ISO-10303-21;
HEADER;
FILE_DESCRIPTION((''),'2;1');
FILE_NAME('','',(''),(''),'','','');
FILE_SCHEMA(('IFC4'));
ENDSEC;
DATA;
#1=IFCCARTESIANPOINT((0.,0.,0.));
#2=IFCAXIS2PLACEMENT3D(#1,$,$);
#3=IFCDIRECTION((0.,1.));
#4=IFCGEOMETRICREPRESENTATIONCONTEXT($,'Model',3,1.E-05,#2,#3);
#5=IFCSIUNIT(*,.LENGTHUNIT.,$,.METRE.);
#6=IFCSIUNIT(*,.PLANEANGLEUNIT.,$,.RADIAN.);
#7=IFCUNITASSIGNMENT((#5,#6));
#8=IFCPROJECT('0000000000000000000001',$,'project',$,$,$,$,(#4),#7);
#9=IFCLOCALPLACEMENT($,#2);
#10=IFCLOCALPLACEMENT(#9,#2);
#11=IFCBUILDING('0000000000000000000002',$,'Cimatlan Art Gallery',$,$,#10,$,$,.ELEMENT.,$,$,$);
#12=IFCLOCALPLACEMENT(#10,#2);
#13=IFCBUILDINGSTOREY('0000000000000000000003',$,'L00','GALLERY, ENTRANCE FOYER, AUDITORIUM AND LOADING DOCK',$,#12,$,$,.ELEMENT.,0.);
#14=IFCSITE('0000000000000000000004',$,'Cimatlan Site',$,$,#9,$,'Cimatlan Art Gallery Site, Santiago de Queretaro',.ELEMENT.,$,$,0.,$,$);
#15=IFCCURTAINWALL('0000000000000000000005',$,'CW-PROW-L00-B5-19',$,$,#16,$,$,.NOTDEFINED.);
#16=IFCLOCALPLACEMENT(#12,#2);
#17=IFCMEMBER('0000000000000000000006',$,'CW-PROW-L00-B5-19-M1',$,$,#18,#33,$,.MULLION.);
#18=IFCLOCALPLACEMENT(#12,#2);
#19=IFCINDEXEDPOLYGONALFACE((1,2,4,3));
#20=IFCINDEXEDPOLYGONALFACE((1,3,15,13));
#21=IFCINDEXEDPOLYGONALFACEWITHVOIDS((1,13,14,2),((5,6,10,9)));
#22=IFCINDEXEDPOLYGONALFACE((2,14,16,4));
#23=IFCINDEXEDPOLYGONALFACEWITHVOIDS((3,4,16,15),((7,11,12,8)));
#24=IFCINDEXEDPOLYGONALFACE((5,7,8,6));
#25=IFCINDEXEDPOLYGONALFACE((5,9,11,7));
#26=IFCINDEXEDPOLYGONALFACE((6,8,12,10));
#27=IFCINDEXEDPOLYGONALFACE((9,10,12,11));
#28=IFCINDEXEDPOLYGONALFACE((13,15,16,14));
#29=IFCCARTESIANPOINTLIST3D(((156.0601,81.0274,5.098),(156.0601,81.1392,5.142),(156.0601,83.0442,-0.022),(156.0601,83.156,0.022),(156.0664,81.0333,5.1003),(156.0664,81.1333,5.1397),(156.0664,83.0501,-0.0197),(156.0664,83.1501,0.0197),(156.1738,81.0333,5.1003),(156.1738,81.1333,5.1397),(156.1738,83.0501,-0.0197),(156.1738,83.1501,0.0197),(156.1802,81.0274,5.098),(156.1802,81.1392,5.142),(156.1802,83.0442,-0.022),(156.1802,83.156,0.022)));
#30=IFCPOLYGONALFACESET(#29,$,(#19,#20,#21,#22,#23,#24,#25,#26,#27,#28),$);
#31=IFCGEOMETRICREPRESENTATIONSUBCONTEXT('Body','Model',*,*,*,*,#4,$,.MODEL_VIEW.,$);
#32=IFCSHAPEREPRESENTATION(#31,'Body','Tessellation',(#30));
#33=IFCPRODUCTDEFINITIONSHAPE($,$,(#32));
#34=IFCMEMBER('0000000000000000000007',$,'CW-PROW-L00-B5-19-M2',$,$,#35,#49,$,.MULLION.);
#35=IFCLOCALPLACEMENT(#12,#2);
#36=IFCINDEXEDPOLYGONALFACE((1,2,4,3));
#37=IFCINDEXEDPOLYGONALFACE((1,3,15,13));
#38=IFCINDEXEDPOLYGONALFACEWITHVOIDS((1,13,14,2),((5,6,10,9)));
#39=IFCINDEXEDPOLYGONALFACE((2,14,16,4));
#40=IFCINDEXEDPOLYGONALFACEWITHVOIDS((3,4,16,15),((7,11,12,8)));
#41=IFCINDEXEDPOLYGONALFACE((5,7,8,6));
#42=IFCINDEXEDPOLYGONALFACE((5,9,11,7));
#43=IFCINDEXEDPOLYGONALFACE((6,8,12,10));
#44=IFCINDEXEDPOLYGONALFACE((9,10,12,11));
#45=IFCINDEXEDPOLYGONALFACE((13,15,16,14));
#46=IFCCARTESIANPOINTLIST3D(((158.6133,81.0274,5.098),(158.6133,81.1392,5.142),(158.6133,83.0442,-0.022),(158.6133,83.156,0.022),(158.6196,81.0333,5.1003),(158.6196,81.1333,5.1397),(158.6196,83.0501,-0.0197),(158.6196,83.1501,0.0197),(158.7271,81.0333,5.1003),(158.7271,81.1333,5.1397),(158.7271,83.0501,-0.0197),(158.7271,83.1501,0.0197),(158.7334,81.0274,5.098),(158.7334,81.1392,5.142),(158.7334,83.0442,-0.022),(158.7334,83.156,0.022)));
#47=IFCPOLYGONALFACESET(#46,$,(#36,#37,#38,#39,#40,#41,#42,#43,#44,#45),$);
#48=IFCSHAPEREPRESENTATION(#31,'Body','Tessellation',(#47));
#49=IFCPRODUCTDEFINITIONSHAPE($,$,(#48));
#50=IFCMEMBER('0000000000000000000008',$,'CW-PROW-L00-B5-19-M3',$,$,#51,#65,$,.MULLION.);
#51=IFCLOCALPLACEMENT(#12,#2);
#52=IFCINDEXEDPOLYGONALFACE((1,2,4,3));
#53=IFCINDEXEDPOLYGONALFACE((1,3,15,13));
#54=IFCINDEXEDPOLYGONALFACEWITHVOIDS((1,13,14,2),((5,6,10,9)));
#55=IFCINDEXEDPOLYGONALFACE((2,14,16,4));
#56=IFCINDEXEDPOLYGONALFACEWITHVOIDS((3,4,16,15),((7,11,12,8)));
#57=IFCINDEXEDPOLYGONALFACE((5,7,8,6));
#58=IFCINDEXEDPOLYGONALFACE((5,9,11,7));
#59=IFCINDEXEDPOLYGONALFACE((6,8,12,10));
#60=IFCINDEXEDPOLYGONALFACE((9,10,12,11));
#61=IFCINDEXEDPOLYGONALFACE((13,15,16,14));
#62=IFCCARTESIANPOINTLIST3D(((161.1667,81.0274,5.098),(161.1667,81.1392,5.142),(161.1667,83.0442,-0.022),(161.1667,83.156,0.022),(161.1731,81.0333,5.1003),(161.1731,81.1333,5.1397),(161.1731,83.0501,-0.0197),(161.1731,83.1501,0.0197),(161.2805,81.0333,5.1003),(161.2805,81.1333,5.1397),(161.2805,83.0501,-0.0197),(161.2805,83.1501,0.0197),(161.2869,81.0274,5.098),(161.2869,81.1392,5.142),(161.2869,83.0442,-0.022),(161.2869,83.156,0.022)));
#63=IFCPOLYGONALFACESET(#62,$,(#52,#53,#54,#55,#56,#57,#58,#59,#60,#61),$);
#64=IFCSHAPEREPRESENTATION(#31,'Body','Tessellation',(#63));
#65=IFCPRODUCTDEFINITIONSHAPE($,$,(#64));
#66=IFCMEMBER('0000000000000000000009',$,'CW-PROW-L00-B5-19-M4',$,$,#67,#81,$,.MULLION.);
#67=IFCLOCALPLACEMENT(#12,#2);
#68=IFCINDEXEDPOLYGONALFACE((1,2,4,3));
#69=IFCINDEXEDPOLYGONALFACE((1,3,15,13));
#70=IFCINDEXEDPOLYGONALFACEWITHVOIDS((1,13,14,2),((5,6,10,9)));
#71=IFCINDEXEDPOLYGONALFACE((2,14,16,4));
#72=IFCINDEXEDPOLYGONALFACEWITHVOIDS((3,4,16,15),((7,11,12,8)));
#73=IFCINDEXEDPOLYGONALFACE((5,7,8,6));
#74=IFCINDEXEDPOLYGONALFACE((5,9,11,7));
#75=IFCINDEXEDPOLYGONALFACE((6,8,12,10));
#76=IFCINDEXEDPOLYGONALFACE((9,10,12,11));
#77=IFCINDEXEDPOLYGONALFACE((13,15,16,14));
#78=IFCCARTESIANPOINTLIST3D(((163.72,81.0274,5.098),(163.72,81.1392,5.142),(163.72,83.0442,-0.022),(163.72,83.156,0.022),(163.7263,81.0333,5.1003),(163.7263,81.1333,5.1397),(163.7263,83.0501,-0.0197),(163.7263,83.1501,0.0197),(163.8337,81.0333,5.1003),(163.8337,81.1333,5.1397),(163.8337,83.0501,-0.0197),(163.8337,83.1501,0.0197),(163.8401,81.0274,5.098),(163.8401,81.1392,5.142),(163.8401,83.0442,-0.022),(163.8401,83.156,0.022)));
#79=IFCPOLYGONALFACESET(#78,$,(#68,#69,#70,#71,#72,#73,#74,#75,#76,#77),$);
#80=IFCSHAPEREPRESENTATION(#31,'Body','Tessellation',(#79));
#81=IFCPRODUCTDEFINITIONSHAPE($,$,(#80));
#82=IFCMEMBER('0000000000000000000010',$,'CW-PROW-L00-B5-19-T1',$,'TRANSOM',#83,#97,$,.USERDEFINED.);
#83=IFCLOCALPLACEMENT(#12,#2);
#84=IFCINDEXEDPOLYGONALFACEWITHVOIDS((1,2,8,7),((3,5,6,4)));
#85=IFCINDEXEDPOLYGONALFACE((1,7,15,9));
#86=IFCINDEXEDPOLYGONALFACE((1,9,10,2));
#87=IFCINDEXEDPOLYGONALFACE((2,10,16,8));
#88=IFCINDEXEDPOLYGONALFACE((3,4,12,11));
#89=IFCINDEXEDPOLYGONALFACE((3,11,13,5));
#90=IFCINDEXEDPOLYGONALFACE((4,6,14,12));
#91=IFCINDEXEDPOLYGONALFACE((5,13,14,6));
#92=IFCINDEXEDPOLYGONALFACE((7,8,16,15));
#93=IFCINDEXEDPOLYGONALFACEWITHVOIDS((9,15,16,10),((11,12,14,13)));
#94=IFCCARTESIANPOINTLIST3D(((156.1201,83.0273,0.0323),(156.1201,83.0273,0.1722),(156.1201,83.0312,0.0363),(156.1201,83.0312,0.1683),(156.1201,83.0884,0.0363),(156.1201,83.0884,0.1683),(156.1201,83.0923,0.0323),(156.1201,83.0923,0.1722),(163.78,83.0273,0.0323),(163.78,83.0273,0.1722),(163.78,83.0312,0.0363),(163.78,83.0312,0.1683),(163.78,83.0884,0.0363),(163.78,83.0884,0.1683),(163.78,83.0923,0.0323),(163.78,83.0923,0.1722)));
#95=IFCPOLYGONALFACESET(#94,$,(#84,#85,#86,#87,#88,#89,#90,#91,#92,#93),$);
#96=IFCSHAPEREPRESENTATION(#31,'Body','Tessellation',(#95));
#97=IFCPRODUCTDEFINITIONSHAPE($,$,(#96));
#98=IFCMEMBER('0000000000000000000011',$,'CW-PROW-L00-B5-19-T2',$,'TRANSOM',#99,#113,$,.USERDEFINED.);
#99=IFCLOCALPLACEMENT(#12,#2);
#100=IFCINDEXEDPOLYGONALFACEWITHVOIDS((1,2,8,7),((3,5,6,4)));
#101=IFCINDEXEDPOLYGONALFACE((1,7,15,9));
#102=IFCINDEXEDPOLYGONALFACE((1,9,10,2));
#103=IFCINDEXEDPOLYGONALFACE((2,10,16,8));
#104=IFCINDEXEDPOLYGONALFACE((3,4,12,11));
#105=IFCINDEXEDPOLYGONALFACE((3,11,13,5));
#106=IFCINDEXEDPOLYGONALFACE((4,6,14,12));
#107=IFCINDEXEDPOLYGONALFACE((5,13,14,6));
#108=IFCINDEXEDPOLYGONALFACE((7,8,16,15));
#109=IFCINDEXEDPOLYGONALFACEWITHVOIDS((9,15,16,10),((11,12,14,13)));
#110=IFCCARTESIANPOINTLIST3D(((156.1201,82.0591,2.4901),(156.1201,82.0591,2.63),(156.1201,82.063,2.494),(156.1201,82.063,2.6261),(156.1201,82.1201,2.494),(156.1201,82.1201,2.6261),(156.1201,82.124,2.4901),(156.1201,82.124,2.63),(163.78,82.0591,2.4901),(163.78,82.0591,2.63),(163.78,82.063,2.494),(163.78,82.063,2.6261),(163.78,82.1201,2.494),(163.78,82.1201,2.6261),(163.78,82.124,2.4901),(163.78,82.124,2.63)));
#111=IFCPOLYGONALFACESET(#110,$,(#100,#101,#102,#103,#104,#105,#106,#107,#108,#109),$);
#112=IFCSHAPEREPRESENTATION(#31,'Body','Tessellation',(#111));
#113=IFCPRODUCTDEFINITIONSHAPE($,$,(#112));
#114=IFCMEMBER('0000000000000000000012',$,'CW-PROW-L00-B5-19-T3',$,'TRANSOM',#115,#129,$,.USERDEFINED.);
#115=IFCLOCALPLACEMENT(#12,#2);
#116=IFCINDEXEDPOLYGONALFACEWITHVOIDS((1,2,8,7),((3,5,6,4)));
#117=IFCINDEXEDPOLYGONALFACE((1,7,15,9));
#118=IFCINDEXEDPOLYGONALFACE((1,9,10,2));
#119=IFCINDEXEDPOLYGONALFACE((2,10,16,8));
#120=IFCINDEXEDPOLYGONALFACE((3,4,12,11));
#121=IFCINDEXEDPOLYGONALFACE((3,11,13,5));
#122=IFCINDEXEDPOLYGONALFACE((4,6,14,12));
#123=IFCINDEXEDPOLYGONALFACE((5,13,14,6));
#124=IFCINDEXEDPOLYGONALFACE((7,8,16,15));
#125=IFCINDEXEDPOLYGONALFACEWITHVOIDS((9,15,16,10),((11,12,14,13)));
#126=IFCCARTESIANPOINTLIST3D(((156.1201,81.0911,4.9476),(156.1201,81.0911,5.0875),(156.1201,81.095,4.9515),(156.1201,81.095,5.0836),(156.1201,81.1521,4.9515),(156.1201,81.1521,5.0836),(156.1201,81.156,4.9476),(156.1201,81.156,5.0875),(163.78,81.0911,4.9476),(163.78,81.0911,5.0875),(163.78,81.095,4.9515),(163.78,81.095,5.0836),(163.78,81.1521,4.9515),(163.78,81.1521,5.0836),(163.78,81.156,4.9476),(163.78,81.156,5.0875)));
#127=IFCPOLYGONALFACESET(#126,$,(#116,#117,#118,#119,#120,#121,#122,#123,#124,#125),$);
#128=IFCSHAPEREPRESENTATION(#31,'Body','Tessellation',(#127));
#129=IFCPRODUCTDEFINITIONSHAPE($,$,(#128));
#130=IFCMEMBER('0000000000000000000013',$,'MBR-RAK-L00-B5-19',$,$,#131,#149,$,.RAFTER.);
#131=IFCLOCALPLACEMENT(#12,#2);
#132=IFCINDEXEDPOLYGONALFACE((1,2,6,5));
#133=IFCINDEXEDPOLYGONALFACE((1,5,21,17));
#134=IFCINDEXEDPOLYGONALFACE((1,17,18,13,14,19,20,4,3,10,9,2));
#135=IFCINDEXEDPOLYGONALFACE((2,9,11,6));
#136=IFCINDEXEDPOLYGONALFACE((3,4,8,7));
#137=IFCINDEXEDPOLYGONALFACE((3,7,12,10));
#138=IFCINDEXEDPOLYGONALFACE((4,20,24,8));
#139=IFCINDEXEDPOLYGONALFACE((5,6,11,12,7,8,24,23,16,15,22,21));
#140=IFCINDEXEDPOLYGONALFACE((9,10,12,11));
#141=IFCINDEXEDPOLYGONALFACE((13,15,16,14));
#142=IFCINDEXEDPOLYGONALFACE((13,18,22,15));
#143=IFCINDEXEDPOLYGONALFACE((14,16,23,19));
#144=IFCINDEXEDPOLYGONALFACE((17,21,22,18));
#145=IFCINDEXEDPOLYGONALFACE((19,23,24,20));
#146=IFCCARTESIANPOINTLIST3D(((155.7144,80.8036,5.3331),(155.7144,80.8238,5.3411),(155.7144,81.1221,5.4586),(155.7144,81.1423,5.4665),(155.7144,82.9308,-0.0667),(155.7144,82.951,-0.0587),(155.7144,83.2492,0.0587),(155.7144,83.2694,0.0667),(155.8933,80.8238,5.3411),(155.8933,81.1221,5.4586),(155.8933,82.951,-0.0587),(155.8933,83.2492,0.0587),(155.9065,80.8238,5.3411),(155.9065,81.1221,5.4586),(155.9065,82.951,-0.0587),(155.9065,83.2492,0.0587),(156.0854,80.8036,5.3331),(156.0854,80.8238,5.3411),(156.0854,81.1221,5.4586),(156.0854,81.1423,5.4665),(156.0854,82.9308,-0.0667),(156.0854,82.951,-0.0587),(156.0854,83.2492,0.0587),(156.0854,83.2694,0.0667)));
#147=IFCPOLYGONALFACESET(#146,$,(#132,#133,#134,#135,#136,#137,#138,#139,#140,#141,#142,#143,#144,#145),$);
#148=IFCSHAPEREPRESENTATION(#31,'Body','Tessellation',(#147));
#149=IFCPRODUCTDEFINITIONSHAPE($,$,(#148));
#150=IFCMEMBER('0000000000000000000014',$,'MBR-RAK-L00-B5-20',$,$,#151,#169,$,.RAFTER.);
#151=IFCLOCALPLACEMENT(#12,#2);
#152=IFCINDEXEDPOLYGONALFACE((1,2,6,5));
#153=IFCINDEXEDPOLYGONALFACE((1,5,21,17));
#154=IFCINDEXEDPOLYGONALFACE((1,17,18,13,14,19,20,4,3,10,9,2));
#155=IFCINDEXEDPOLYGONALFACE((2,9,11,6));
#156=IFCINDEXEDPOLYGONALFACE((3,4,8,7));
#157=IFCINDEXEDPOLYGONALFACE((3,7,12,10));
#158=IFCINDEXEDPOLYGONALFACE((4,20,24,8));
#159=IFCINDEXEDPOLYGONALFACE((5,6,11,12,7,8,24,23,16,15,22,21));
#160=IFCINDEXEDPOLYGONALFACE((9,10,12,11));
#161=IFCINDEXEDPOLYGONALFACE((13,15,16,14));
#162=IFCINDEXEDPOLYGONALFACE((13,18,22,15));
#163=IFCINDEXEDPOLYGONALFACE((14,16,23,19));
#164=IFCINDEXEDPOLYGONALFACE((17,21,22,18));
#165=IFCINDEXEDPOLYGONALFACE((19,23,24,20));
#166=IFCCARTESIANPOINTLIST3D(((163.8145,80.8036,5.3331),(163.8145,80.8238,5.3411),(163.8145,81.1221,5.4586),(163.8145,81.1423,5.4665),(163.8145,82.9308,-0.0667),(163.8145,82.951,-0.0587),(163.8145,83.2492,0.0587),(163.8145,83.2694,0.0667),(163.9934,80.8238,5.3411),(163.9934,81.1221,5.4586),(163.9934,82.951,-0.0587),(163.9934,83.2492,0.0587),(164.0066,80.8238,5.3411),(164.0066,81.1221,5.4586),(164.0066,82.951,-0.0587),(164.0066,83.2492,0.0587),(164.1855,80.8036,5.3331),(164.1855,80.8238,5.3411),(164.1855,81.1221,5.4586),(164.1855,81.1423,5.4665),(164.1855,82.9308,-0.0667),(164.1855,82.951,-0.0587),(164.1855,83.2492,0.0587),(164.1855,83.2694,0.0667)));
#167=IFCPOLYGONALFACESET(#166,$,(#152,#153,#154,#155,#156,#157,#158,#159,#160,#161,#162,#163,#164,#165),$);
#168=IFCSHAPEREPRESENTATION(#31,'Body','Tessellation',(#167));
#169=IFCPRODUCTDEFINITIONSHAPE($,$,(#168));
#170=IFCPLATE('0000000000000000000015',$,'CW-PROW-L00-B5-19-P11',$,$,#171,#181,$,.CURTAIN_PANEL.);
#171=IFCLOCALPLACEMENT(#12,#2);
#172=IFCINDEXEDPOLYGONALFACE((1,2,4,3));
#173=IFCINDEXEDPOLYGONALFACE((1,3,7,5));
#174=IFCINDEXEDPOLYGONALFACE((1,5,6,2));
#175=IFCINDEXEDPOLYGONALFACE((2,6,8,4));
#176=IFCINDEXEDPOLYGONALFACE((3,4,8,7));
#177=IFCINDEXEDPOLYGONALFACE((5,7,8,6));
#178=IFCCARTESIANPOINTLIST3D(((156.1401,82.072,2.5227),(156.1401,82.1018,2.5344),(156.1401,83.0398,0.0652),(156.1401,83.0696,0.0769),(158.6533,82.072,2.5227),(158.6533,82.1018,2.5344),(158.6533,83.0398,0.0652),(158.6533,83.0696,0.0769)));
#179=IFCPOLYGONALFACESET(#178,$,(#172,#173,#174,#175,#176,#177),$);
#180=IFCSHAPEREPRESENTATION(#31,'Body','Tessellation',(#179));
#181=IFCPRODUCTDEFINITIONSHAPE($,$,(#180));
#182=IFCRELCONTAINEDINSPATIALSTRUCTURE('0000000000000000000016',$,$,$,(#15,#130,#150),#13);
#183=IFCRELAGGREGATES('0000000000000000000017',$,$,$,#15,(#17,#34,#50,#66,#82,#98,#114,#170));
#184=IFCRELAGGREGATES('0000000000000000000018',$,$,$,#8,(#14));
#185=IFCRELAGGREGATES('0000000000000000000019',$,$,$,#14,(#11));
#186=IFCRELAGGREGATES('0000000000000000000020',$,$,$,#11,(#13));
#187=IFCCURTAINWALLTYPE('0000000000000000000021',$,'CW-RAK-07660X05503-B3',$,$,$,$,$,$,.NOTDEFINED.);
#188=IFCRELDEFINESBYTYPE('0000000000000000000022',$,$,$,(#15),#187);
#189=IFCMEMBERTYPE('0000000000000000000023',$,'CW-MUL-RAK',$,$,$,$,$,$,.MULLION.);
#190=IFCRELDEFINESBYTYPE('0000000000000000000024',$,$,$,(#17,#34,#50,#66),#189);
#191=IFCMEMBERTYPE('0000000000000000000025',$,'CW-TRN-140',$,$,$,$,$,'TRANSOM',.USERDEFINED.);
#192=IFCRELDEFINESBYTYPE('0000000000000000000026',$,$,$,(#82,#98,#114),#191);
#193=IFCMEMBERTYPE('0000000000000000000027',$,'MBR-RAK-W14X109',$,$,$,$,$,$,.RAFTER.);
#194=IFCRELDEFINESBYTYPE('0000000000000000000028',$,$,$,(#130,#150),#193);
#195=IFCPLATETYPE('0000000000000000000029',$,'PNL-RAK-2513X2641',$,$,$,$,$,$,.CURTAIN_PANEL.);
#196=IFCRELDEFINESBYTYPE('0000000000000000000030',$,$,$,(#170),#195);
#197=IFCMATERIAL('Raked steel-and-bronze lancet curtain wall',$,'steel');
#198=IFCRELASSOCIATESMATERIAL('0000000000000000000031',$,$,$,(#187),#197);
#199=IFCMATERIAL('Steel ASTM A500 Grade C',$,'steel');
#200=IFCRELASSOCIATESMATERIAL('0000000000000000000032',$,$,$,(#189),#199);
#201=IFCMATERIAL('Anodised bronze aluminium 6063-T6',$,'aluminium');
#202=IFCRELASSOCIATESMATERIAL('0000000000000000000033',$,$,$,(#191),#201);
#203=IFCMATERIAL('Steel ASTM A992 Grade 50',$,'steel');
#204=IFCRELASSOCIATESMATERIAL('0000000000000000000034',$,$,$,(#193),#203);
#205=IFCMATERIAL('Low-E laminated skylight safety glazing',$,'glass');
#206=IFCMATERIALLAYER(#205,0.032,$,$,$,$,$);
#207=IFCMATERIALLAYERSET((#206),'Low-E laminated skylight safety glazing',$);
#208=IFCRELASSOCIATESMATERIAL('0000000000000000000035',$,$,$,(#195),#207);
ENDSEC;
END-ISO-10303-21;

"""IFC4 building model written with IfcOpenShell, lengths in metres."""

from ifc_helpers import new_model, si_unit, direction, frame, origin, origin_2d, place, context, subcontext, project, spatial, polyline, hollow_rectangle, i_section, outline, extrude, material, layer, layer_set, material_profile, profile_set, type_object, element, aggregate, save


model = new_model("IFC4")

# Units and contexts
model_context = context("Model", 3, precision=1e-05, world=origin(), true_north=direction((0.0, 1.0)))
body_context = subcontext(model_context, "Body", "Model", "MODEL_VIEW")
ifc_project = project(units=[si_unit("LENGTHUNIT", "METRE"), si_unit("PLANEANGLEUNIT", "RADIAN")], contexts=[model_context])

# Site, building, storey
site_placement = place(None, origin())
site = spatial("IfcSite", under=ifc_project, at=site_placement, Name="Cimatlan Site", LongName="Cimatlan Art Gallery Site, Santiago de Queretaro", CompositionType="ELEMENT", RefElevation=0.0)
building_placement = place(site_placement, origin())
building = spatial("IfcBuilding", under=site, at=building_placement, Name="Cimatlan Art Gallery", CompositionType="ELEMENT")
storey_placement = place(building_placement, origin())
storey = spatial("IfcBuildingStorey", under=building, at=storey_placement, Name="L00", Description="GALLERY, ENTRANCE FOYER, AUDITORIUM AND LOADING DOCK", CompositionType="ELEMENT", Elevation=0.0)

# Shared definitions
ifc_material_1 = material(Name="Steel ASTM A992 Grade 50", Category="steel")

# Shared definitions
ifc_material_2 = material(Name="Raked steel-and-bronze lancet curtain wall", Category="steel")
curtain_wall_type = type_object("IfcCurtainWallType", Name="CW-RAK-07660X05503-B3", PredefinedType="NOTDEFINED", material=ifc_material_2)
ifc_material_3 = material(Name="Steel ASTM A500 Grade C", Category="steel")
ifc_material_profile_1 = material_profile(ifc_material_3, hollow_rectangle(XDim=0.1201, YDim=0.1201, WallThickness=0.0063, at=origin_2d()), Name="HSS120X120X6")
ifc_profile_set_1 = profile_set([ifc_material_profile_1], Name="Steel ASTM A500 Grade C")
member_type_1 = type_object("IfcMemberType", Name="CW-MUL-RAK", PredefinedType="MULLION", material=ifc_profile_set_1)

# Curtain wall, members
curtain_wall_1_placement = place(storey_placement, origin())
curtain_wall_1 = element("IfcCurtainWall", 1, at=curtain_wall_1_placement, inside=storey, type_object=curtain_wall_type, Name="CW-PROW-L00-B5-19", PredefinedType="NOTDEFINED")
member_1_placement = place(storey_placement, frame((156.1201, 83.1001, 0.0), z_axis=(0.0, -0.366498, 0.930419), x_axis=(1.0, 0.0, 0.0)))
member_1 = element("IfcMember", 2, at=member_1_placement, type_object=member_type_1, Name="CW-PROW-L00-B5-19-M1", PredefinedType="MULLION", context=body_context, shape_type="SweptSolid", body=[
    extrude(hollow_rectangle(XDim=0.1201, YDim=0.1201, WallThickness=0.0063, at=origin_2d()), origin(), (0.0, 0.0, 1.0), 5.5029),
])
member_2_placement = place(storey_placement, frame((158.6733, 83.1001, 0.0), z_axis=(0.0, -0.366498, 0.930419), x_axis=(1.0, 0.0, 0.0)))
member_2 = element("IfcMember", 3, at=member_2_placement, type_object=member_type_1, Name="CW-PROW-L00-B5-19-M2", PredefinedType="MULLION", context=body_context, shape_type="SweptSolid", body=[
    extrude(hollow_rectangle(XDim=0.1201, YDim=0.1201, WallThickness=0.0063, at=origin_2d()), origin(), (0.0, 0.0, 1.0), 5.5029),
])
member_3_placement = place(storey_placement, frame((161.2268, 83.1001, 0.0), z_axis=(0.0, -0.366498, 0.930419), x_axis=(1.0, 0.0, 0.0)))
member_3 = element("IfcMember", 4, at=member_3_placement, type_object=member_type_1, Name="CW-PROW-L00-B5-19-M3", PredefinedType="MULLION", context=body_context, shape_type="SweptSolid", body=[
    extrude(hollow_rectangle(XDim=0.1201, YDim=0.1201, WallThickness=0.0063, at=origin_2d()), origin(), (0.0, 0.0, 1.0), 5.5029),
])
member_4_placement = place(storey_placement, frame((163.78, 83.1001, 0.0), z_axis=(0.0, -0.366498, 0.930419), x_axis=(1.0, 0.0, 0.0)))
member_4 = element("IfcMember", 5, at=member_4_placement, type_object=member_type_1, Name="CW-PROW-L00-B5-19-M4", PredefinedType="MULLION", context=body_context, shape_type="SweptSolid", body=[
    extrude(hollow_rectangle(XDim=0.1201, YDim=0.1201, WallThickness=0.0063, at=origin_2d()), origin(), (0.0, 0.0, 1.0), 5.5029),
])
ifc_material_4 = material(Name="Anodised bronze aluminium 6063-T6", Category="aluminium")
ifc_material_profile_2 = material_profile(ifc_material_4, hollow_rectangle(XDim=0.0649, YDim=0.1399, WallThickness=0.0039, at=origin_2d()), Name="ALU65X140X4")
ifc_profile_set_2 = profile_set([ifc_material_profile_2], Name="Anodised bronze aluminium 6063-T6")
member_type_2 = type_object("IfcMemberType", Name="CW-TRN-140", ElementType="TRANSOM", PredefinedType="USERDEFINED", material=ifc_profile_set_2)
member_5_placement = place(storey_placement, frame((156.1201, 83.0598, 0.1023), z_axis=(1.0, 0.0, 0.0), x_axis=(0.0, 1.0, 0.0)))
member_5 = element("IfcMember", 6, at=member_5_placement, type_object=member_type_2, Name="CW-PROW-L00-B5-19-T1", ObjectType="TRANSOM", PredefinedType="USERDEFINED", context=body_context, shape_type="SweptSolid", body=[
    extrude(hollow_rectangle(XDim=0.0649, YDim=0.1399, WallThickness=0.0039, at=origin_2d()), origin(), (0.0, 0.0, 1.0), 7.6599),
])
member_6_placement = place(storey_placement, frame((156.1201, 82.0916, 2.5601), z_axis=(1.0, 0.0, 0.0), x_axis=(0.0, 1.0, 0.0)))
member_6 = element("IfcMember", 7, at=member_6_placement, type_object=member_type_2, Name="CW-PROW-L00-B5-19-T2", ObjectType="TRANSOM", PredefinedType="USERDEFINED", context=body_context, shape_type="SweptSolid", body=[
    extrude(hollow_rectangle(XDim=0.0649, YDim=0.1399, WallThickness=0.0039, at=origin_2d()), origin(), (0.0, 0.0, 1.0), 7.6599),
])
member_7_placement = place(storey_placement, frame((156.1201, 81.1235, 5.0176), z_axis=(1.0, 0.0, 0.0), x_axis=(0.0, 1.0, 0.0)))
member_7 = element("IfcMember", 8, at=member_7_placement, type_object=member_type_2, Name="CW-PROW-L00-B5-19-T3", ObjectType="TRANSOM", PredefinedType="USERDEFINED", context=body_context, shape_type="SweptSolid", body=[
    extrude(hollow_rectangle(XDim=0.0649, YDim=0.1399, WallThickness=0.0039, at=origin_2d()), origin(), (0.0, 0.0, 1.0), 7.6599),
])

# Members
ifc_material_profile_3 = material_profile(ifc_material_1, i_section(OverallWidth=0.3711, OverallDepth=0.364, WebThickness=0.0132, FlangeThickness=0.0217, at=origin_2d()), Name="W14X109")
ifc_profile_set_3 = profile_set([ifc_material_profile_3], Name="Steel ASTM A992 Grade 50")
member_type_3 = type_object("IfcMemberType", Name="MBR-RAK-W14X109", PredefinedType="RAFTER", material=ifc_profile_set_3)
for number, where, z_axis, x_axis, name in (
    (9, (155.8999, 83.1001, 0.0), (0.0, -0.366519, 0.930411), (1.0, 0.0, 0.0), "MBR-RAK-L00-B5-19"),
    (10, (164.0, 83.1001, 0.0), (0.0, -0.366519, 0.930411), (1.0, 0.0, 0.0), "MBR-RAK-L00-B5-20"),
):
    element("IfcMember", number, at=place(storey_placement, frame(where, z_axis=z_axis, x_axis=x_axis)), inside=storey, type_object=member_type_3, Name=name, PredefinedType="RAFTER", context=body_context, shape_type="SweptSolid", body=[
        extrude(i_section(OverallWidth=0.3711, OverallDepth=0.364, WebThickness=0.0132, FlangeThickness=0.0217, at=origin_2d()), origin(), (0.0, 0.0, 1.0), 5.8037),
    ])

# Plate
ifc_material_5 = material(Name="Low-E laminated skylight safety glazing", Category="glass")
ifc_layer = layer(ifc_material_5, 0.032)
ifc_layer_set = layer_set([ifc_layer], Name="Low-E laminated skylight safety glazing")
plate_type = type_object("IfcPlateType", Name="PNL-RAK-2513X2641", PredefinedType="CURTAIN_PANEL", material=ifc_layer_set)
plate_1_placement = place(storey_placement, frame((156.1401, 83.0696, 0.0769), z_axis=(0.0, 0.930452, 0.366413), x_axis=(1.0, 0.0, 0.0)))
plate_1 = element("IfcPlate", 11, at=plate_1_placement, type_object=plate_type, Name="CW-PROW-L00-B5-19-P11", PredefinedType="CURTAIN_PANEL", context=body_context, shape_type="SweptSolid", body=[
    extrude(outline(polyline([(0.0, 0.0), (2.5132, 0.0), (2.5132, -2.6412), (0.0, -2.6412), (0.0, 0.0)])), origin(), (0.0, 0.0, -1.0), 0.032),
])
aggregate(curtain_wall_1, [member_1, member_2, member_3, member_4, member_5, member_6, member_7, plate_1])

save(model, "model.ifc")
